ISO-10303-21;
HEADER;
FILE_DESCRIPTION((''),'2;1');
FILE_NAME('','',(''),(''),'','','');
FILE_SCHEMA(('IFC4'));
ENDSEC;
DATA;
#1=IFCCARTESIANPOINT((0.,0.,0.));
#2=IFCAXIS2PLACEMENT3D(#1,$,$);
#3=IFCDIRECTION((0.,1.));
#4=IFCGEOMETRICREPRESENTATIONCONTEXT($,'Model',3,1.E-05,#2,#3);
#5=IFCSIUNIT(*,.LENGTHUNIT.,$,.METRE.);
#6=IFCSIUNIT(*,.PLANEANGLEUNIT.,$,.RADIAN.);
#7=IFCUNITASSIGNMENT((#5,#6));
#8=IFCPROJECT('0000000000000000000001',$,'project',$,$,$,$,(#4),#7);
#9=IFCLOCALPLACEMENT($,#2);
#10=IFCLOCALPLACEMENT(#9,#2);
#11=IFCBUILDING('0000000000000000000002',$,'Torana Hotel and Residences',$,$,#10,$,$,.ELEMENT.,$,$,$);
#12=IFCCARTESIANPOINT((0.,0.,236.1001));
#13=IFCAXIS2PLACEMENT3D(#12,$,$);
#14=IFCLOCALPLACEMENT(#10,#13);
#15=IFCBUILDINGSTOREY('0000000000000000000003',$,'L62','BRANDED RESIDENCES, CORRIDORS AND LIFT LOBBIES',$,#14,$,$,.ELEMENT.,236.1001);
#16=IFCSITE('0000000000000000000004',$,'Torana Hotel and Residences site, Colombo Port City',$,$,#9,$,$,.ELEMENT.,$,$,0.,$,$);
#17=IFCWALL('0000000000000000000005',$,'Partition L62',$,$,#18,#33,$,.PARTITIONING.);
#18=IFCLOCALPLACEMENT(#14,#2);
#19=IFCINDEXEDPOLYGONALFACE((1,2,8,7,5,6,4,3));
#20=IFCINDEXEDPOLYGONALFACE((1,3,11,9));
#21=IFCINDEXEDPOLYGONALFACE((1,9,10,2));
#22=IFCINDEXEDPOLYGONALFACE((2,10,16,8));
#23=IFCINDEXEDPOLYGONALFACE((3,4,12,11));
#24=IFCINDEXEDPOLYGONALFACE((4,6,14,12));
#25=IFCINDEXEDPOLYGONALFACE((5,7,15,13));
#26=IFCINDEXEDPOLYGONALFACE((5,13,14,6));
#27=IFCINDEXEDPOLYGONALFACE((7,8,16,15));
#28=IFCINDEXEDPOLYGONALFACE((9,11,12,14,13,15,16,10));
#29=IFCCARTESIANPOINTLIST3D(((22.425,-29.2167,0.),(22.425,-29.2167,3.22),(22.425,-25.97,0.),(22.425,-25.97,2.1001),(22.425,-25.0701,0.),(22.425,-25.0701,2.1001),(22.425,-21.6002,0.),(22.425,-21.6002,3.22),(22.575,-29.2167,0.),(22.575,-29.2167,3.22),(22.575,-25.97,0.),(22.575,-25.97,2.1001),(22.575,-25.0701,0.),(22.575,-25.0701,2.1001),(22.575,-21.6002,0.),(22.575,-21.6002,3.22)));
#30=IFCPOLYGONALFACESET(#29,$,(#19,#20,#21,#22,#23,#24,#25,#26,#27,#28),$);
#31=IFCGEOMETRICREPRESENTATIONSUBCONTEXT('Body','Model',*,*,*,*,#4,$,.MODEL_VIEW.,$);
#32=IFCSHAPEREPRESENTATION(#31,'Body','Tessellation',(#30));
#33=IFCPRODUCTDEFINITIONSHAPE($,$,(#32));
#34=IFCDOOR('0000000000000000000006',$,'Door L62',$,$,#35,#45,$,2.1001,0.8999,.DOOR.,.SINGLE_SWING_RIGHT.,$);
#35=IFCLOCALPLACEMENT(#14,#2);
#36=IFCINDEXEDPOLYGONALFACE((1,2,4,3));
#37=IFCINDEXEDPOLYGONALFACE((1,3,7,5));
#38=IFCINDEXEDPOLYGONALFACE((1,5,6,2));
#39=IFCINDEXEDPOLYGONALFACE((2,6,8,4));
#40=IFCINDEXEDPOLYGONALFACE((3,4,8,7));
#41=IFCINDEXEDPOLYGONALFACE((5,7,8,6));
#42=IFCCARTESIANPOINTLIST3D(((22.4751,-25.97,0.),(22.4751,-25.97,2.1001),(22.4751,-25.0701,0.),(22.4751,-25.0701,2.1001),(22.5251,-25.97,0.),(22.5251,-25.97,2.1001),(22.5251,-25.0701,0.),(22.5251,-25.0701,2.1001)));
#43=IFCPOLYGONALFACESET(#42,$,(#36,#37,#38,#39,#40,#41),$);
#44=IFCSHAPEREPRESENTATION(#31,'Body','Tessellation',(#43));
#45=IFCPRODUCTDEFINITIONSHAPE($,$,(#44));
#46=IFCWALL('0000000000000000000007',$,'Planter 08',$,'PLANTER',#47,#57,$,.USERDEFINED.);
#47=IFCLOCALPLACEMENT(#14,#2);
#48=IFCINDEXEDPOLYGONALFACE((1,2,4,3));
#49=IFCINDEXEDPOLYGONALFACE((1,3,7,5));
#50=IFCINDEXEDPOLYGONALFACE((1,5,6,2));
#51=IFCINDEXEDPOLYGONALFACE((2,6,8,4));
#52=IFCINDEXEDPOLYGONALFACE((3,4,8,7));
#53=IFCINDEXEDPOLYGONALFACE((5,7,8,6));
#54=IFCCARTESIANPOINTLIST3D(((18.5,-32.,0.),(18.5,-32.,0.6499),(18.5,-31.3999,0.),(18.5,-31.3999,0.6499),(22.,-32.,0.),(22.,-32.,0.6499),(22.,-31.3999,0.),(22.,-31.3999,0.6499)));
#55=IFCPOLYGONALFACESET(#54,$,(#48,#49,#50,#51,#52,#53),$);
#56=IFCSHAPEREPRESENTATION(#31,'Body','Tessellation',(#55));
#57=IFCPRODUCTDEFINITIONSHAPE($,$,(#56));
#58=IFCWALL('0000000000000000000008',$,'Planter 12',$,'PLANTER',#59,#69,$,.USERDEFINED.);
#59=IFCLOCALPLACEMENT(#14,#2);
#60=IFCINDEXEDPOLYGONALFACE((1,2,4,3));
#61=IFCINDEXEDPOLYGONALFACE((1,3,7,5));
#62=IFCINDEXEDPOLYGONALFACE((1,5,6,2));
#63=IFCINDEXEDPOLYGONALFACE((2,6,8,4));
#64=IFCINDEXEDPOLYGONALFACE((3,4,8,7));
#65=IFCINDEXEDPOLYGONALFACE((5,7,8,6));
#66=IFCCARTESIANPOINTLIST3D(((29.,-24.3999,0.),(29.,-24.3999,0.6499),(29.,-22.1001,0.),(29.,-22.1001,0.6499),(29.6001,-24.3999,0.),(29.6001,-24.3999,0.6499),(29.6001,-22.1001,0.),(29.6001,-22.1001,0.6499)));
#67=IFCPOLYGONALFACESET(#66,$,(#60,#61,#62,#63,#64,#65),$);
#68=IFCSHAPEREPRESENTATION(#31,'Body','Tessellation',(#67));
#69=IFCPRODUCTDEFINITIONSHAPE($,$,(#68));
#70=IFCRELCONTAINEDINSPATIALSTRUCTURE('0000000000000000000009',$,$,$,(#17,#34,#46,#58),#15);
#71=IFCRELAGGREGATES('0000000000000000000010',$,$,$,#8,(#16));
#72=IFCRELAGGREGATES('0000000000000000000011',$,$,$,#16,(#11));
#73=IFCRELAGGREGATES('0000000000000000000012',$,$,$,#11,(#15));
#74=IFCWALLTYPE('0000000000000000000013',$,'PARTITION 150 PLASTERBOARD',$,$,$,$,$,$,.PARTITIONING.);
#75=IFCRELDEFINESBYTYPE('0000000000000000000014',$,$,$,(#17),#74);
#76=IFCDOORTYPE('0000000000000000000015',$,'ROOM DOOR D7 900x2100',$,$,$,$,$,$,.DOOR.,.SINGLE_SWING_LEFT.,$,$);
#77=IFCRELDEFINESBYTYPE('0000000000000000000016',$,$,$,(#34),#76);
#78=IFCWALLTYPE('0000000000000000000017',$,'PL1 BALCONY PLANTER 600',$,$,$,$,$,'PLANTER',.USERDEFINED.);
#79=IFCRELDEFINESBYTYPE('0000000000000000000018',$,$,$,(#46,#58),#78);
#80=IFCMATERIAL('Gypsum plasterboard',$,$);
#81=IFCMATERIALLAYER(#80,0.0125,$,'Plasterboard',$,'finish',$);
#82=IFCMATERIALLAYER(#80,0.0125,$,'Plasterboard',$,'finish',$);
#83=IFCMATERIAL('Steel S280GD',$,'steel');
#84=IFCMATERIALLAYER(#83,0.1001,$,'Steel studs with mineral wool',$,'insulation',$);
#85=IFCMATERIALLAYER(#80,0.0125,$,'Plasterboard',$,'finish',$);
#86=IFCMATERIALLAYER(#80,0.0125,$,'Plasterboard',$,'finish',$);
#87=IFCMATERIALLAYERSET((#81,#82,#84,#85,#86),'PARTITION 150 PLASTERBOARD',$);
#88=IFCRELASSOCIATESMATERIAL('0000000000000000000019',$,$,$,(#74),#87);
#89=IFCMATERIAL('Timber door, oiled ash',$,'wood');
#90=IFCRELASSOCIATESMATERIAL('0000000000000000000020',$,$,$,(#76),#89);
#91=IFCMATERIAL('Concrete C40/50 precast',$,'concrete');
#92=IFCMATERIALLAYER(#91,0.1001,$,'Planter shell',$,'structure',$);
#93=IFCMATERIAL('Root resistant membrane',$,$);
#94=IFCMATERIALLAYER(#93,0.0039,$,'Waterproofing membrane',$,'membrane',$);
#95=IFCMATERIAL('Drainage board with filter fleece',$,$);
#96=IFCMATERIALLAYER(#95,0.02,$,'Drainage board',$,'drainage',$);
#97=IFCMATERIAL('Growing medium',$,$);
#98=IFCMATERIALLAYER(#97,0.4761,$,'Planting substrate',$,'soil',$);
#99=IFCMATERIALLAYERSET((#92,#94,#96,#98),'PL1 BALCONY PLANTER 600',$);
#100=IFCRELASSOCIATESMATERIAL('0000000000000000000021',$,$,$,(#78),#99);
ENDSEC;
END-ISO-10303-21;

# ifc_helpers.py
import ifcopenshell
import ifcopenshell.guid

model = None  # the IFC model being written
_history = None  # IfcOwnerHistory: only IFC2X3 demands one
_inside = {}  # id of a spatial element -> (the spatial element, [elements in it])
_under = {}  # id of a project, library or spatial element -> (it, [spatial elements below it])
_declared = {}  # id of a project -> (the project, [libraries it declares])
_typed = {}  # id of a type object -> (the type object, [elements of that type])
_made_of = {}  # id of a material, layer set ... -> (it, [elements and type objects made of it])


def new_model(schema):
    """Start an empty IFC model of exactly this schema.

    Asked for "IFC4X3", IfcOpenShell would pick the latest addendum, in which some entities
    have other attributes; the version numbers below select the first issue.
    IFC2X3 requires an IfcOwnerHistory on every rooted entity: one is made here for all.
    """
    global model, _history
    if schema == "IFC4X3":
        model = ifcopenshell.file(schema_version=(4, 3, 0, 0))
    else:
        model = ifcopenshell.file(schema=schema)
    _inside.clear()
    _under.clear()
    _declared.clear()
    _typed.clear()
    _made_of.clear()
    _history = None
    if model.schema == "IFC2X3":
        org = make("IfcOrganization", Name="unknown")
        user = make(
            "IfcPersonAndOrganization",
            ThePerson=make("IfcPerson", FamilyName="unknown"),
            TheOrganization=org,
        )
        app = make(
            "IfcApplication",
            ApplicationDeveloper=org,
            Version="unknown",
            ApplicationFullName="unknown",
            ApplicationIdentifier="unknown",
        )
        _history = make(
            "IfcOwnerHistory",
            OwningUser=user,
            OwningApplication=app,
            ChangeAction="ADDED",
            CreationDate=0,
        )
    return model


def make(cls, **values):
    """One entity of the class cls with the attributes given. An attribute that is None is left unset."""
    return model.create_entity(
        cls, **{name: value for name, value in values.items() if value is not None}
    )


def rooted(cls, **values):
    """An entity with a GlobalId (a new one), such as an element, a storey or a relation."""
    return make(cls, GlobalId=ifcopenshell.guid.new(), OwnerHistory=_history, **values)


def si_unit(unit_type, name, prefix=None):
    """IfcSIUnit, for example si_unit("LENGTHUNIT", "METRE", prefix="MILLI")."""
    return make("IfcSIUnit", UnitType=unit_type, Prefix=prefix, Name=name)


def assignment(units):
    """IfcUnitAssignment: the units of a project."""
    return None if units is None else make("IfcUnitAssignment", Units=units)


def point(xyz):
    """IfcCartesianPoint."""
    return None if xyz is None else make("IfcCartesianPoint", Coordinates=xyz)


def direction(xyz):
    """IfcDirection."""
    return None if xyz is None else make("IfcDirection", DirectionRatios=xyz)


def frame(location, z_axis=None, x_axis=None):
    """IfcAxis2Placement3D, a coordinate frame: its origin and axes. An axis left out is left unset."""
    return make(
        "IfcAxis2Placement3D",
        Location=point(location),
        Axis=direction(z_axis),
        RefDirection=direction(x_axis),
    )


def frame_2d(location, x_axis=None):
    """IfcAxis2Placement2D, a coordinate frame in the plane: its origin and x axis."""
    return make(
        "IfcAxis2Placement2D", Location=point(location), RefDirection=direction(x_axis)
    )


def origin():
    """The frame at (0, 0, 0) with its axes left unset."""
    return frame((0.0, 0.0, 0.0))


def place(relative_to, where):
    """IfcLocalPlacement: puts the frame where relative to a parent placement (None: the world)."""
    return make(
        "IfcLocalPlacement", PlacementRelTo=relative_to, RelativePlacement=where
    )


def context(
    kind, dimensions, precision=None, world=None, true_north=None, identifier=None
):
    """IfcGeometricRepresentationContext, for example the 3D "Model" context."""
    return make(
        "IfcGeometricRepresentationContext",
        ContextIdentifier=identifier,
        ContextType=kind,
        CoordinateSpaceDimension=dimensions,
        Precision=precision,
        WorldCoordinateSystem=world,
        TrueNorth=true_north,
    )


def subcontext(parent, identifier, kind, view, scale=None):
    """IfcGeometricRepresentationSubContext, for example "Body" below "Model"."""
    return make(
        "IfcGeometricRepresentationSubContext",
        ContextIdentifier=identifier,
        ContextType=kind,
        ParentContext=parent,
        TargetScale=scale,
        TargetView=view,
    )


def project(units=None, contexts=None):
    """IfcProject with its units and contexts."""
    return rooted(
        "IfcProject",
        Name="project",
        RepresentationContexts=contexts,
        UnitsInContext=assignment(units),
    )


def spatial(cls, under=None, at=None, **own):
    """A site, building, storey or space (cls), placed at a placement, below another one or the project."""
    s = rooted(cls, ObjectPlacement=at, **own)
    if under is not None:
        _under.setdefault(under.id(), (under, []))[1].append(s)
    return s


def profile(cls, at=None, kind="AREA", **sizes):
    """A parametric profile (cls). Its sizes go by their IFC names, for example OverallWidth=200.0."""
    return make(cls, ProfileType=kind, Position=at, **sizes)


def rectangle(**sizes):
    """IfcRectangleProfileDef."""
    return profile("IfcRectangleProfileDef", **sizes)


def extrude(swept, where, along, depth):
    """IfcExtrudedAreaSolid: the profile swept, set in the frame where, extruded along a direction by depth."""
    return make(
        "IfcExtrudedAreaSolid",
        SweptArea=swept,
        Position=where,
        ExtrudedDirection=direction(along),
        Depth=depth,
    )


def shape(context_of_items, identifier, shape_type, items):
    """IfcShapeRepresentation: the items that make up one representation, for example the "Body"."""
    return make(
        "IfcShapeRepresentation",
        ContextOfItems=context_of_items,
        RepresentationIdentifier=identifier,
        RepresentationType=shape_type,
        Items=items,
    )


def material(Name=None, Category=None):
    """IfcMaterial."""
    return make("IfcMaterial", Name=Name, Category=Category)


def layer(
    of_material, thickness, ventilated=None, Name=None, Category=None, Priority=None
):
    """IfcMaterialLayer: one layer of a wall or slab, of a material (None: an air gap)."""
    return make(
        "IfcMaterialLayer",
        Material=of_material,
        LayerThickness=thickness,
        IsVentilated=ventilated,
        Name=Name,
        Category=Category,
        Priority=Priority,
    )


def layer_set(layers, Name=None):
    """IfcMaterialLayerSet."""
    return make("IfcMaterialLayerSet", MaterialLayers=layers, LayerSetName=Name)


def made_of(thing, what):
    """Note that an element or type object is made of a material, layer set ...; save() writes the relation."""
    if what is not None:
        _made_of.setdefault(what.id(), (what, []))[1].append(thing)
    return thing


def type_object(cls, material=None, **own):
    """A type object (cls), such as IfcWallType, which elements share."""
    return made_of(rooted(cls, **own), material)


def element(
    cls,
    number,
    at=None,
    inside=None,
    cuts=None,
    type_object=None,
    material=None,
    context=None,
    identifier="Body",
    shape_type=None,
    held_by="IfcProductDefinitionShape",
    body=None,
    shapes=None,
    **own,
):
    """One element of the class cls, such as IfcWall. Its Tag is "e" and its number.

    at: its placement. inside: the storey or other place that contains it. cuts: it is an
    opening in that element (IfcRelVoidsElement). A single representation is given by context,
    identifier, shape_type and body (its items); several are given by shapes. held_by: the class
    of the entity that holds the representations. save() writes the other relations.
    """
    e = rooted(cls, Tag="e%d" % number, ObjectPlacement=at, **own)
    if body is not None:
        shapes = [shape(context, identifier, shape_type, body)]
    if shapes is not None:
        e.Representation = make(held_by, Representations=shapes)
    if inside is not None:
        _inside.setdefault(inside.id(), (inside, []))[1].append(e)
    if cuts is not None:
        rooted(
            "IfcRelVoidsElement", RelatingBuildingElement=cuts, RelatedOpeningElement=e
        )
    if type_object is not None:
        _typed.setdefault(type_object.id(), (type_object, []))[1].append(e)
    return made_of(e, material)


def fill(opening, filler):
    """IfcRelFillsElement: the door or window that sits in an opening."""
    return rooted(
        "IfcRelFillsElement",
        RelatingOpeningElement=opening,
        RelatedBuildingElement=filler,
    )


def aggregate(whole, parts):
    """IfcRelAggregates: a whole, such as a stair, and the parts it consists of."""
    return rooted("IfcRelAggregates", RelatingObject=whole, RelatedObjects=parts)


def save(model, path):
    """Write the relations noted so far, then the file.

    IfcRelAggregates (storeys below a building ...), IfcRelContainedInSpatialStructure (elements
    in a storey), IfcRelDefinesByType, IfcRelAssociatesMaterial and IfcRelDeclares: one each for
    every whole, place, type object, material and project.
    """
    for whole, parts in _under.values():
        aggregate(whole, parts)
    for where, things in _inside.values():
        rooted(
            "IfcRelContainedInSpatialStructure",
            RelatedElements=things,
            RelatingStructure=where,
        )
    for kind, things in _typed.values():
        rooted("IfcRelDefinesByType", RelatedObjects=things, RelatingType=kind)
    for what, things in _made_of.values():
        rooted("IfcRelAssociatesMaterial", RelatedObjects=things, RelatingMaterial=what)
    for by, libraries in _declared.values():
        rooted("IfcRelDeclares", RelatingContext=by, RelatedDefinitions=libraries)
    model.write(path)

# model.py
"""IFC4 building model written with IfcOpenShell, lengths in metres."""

from ifc_helpers import new_model, si_unit, direction, frame, frame_2d, origin, place, context, subcontext, project, spatial, rectangle, extrude, material, layer, layer_set, type_object, element, fill, save


model = new_model("IFC4")

# Units and contexts
model_context = context("Model", 3, precision=1e-05, world=origin(), true_north=direction((0.0, 1.0)))
body_context = subcontext(model_context, "Body", "Model", "MODEL_VIEW")
ifc_project = project(units=[si_unit("LENGTHUNIT", "METRE"), si_unit("PLANEANGLEUNIT", "RADIAN")], contexts=[model_context])

# Site, building, storey
site_placement = place(None, origin())
site = spatial("IfcSite", under=ifc_project, at=site_placement, Name="Torana Hotel and Residences site, Colombo Port City", CompositionType="ELEMENT", RefElevation=0.0)
building_placement = place(site_placement, origin())
building = spatial("IfcBuilding", under=site, at=building_placement, Name="Torana Hotel and Residences", CompositionType="ELEMENT")
storey_placement = place(building_placement, frame((0.0, 0.0, 236.1001)))
storey = spatial("IfcBuildingStorey", under=building, at=storey_placement, Name="L62", Description="BRANDED RESIDENCES, CORRIDORS AND LIFT LOBBIES", CompositionType="ELEMENT", Elevation=236.1001)

# Shared definitions
ifc_material_1 = material(Name="Steel S280GD", Category="steel")

# Wall, opening, door
ifc_material_2 = material(Name="Gypsum plasterboard")
ifc_layer_1 = layer(ifc_material_2, 0.0125, Name="Plasterboard", Category="finish")
ifc_layer_2 = layer(ifc_material_2, 0.0125, Name="Plasterboard", Category="finish")
ifc_layer_3 = layer(ifc_material_1, 0.1001, Name="Steel studs with mineral wool", Category="insulation")
ifc_layer_4 = layer(ifc_material_2, 0.0125, Name="Plasterboard", Category="finish")
ifc_layer_5 = layer(ifc_material_2, 0.0125, Name="Plasterboard", Category="finish")
ifc_layer_set_1 = layer_set([ifc_layer_1, ifc_layer_2, ifc_layer_3, ifc_layer_4, ifc_layer_5], Name="PARTITION 150 PLASTERBOARD")
wall_type_1 = type_object("IfcWallType", Name="PARTITION 150 PLASTERBOARD", PredefinedType="PARTITIONING", material=ifc_layer_set_1)
wall_1_placement = place(storey_placement, frame((22.5, -29.2166, 0.0), z_axis=(0.0, 0.0, 1.0), x_axis=(0.0, 1.0, 0.0)))
wall_1 = element("IfcWall", 1, at=wall_1_placement, inside=storey, type_object=wall_type_1, Name="Partition L62", PredefinedType="PARTITIONING", context=body_context, shape_type="SweptSolid", body=[
    extrude(rectangle(XDim=7.6165, YDim=0.1499, at=frame_2d((3.8081, 0.0))), origin(), (0.0, 0.0, 1.0), 3.22),
])
opening_1_placement = place(wall_1_placement, frame((3.2466, 0.0, 0.0)))
opening_1 = element("IfcOpeningElement", 2, at=opening_1_placement, cuts=wall_1, PredefinedType="OPENING", context=body_context, shape_type="SweptSolid", body=[
    extrude(rectangle(XDim=0.8999, YDim=2.1001, at=frame_2d((0.45, 1.05))), frame((0.0, 0.085, 0.0), z_axis=(0.0, -1.0, 0.0), x_axis=(1.0, 0.0, 0.0)), (0.0, 0.0, 1.0), 0.1699),
])
ifc_material_3 = material(Name="Timber door, oiled ash", Category="wood")
door_type_1 = type_object("IfcDoorType", Name="ROOM DOOR D7 900x2100", OperationType="SINGLE_SWING_LEFT", PredefinedType="DOOR", material=ifc_material_3)
door_1_placement = place(opening_1_placement, origin())
door_1 = element("IfcDoor", 3, at=door_1_placement, inside=storey, type_object=door_type_1, Name="Door L62", OperationType="SINGLE_SWING_RIGHT", OverallHeight=2.1001, OverallWidth=0.8999, PredefinedType="DOOR", context=body_context, shape_type="SweptSolid", body=[
    extrude(rectangle(XDim=0.8999, YDim=2.1001, at=frame_2d((0.45, 1.05))), frame((0.0, 0.0249, 0.0), z_axis=(0.0, -1.0, 0.0), x_axis=(1.0, 0.0, 0.0)), (0.0, 0.0, 1.0), 0.05),
])
fill(opening_1, door_1)

# Walls
ifc_material_4 = material(Name="Concrete C40/50 precast", Category="concrete")
ifc_layer_6 = layer(ifc_material_4, 0.1001, Name="Planter shell", Category="structure")
ifc_material_5 = material(Name="Root resistant membrane")
ifc_layer_7 = layer(ifc_material_5, 0.0039, Name="Waterproofing membrane", Category="membrane")
ifc_material_6 = material(Name="Drainage board with filter fleece")
ifc_layer_8 = layer(ifc_material_6, 0.02, Name="Drainage board", Category="drainage")
ifc_material_7 = material(Name="Growing medium")
ifc_layer_9 = layer(ifc_material_7, 0.4761, Name="Planting substrate", Category="soil")
ifc_layer_set_2 = layer_set([ifc_layer_6, ifc_layer_7, ifc_layer_8, ifc_layer_9], Name="PL1 BALCONY PLANTER 600")
wall_type_2 = type_object("IfcWallType", Name="PL1 BALCONY PLANTER 600", ElementType="PLANTER", PredefinedType="USERDEFINED", material=ifc_layer_set_2)
wall_2_placement = place(storey_placement, frame((22.0, -31.7, 0.0), z_axis=(0.0, 0.0, 1.0), x_axis=(-1.0, 0.0, 0.0)))
element("IfcWall", 4, at=wall_2_placement, inside=storey, type_object=wall_type_2, Name="Planter 08", ObjectType="PLANTER", PredefinedType="USERDEFINED", context=body_context, shape_type="SweptSolid", body=[
    extrude(rectangle(XDim=3.5, YDim=0.6001, at=frame_2d((1.75, 0.0))), origin(), (0.0, 0.0, 1.0), 0.6499),
])
wall_3_placement = place(storey_placement, frame((29.3, -22.1001, 0.0), z_axis=(0.0, 0.0, 1.0), x_axis=(0.0, -1.0, 0.0)))
element("IfcWall", 5, at=wall_3_placement, inside=storey, type_object=wall_type_2, Name="Planter 12", ObjectType="PLANTER", PredefinedType="USERDEFINED", context=body_context, shape_type="SweptSolid", body=[
    extrude(rectangle(XDim=2.2998, YDim=0.6001, at=frame_2d((1.1499, 0.0))), origin(), (0.0, 0.0, 1.0), 0.6499),
])

save(model, "model.ifc")
